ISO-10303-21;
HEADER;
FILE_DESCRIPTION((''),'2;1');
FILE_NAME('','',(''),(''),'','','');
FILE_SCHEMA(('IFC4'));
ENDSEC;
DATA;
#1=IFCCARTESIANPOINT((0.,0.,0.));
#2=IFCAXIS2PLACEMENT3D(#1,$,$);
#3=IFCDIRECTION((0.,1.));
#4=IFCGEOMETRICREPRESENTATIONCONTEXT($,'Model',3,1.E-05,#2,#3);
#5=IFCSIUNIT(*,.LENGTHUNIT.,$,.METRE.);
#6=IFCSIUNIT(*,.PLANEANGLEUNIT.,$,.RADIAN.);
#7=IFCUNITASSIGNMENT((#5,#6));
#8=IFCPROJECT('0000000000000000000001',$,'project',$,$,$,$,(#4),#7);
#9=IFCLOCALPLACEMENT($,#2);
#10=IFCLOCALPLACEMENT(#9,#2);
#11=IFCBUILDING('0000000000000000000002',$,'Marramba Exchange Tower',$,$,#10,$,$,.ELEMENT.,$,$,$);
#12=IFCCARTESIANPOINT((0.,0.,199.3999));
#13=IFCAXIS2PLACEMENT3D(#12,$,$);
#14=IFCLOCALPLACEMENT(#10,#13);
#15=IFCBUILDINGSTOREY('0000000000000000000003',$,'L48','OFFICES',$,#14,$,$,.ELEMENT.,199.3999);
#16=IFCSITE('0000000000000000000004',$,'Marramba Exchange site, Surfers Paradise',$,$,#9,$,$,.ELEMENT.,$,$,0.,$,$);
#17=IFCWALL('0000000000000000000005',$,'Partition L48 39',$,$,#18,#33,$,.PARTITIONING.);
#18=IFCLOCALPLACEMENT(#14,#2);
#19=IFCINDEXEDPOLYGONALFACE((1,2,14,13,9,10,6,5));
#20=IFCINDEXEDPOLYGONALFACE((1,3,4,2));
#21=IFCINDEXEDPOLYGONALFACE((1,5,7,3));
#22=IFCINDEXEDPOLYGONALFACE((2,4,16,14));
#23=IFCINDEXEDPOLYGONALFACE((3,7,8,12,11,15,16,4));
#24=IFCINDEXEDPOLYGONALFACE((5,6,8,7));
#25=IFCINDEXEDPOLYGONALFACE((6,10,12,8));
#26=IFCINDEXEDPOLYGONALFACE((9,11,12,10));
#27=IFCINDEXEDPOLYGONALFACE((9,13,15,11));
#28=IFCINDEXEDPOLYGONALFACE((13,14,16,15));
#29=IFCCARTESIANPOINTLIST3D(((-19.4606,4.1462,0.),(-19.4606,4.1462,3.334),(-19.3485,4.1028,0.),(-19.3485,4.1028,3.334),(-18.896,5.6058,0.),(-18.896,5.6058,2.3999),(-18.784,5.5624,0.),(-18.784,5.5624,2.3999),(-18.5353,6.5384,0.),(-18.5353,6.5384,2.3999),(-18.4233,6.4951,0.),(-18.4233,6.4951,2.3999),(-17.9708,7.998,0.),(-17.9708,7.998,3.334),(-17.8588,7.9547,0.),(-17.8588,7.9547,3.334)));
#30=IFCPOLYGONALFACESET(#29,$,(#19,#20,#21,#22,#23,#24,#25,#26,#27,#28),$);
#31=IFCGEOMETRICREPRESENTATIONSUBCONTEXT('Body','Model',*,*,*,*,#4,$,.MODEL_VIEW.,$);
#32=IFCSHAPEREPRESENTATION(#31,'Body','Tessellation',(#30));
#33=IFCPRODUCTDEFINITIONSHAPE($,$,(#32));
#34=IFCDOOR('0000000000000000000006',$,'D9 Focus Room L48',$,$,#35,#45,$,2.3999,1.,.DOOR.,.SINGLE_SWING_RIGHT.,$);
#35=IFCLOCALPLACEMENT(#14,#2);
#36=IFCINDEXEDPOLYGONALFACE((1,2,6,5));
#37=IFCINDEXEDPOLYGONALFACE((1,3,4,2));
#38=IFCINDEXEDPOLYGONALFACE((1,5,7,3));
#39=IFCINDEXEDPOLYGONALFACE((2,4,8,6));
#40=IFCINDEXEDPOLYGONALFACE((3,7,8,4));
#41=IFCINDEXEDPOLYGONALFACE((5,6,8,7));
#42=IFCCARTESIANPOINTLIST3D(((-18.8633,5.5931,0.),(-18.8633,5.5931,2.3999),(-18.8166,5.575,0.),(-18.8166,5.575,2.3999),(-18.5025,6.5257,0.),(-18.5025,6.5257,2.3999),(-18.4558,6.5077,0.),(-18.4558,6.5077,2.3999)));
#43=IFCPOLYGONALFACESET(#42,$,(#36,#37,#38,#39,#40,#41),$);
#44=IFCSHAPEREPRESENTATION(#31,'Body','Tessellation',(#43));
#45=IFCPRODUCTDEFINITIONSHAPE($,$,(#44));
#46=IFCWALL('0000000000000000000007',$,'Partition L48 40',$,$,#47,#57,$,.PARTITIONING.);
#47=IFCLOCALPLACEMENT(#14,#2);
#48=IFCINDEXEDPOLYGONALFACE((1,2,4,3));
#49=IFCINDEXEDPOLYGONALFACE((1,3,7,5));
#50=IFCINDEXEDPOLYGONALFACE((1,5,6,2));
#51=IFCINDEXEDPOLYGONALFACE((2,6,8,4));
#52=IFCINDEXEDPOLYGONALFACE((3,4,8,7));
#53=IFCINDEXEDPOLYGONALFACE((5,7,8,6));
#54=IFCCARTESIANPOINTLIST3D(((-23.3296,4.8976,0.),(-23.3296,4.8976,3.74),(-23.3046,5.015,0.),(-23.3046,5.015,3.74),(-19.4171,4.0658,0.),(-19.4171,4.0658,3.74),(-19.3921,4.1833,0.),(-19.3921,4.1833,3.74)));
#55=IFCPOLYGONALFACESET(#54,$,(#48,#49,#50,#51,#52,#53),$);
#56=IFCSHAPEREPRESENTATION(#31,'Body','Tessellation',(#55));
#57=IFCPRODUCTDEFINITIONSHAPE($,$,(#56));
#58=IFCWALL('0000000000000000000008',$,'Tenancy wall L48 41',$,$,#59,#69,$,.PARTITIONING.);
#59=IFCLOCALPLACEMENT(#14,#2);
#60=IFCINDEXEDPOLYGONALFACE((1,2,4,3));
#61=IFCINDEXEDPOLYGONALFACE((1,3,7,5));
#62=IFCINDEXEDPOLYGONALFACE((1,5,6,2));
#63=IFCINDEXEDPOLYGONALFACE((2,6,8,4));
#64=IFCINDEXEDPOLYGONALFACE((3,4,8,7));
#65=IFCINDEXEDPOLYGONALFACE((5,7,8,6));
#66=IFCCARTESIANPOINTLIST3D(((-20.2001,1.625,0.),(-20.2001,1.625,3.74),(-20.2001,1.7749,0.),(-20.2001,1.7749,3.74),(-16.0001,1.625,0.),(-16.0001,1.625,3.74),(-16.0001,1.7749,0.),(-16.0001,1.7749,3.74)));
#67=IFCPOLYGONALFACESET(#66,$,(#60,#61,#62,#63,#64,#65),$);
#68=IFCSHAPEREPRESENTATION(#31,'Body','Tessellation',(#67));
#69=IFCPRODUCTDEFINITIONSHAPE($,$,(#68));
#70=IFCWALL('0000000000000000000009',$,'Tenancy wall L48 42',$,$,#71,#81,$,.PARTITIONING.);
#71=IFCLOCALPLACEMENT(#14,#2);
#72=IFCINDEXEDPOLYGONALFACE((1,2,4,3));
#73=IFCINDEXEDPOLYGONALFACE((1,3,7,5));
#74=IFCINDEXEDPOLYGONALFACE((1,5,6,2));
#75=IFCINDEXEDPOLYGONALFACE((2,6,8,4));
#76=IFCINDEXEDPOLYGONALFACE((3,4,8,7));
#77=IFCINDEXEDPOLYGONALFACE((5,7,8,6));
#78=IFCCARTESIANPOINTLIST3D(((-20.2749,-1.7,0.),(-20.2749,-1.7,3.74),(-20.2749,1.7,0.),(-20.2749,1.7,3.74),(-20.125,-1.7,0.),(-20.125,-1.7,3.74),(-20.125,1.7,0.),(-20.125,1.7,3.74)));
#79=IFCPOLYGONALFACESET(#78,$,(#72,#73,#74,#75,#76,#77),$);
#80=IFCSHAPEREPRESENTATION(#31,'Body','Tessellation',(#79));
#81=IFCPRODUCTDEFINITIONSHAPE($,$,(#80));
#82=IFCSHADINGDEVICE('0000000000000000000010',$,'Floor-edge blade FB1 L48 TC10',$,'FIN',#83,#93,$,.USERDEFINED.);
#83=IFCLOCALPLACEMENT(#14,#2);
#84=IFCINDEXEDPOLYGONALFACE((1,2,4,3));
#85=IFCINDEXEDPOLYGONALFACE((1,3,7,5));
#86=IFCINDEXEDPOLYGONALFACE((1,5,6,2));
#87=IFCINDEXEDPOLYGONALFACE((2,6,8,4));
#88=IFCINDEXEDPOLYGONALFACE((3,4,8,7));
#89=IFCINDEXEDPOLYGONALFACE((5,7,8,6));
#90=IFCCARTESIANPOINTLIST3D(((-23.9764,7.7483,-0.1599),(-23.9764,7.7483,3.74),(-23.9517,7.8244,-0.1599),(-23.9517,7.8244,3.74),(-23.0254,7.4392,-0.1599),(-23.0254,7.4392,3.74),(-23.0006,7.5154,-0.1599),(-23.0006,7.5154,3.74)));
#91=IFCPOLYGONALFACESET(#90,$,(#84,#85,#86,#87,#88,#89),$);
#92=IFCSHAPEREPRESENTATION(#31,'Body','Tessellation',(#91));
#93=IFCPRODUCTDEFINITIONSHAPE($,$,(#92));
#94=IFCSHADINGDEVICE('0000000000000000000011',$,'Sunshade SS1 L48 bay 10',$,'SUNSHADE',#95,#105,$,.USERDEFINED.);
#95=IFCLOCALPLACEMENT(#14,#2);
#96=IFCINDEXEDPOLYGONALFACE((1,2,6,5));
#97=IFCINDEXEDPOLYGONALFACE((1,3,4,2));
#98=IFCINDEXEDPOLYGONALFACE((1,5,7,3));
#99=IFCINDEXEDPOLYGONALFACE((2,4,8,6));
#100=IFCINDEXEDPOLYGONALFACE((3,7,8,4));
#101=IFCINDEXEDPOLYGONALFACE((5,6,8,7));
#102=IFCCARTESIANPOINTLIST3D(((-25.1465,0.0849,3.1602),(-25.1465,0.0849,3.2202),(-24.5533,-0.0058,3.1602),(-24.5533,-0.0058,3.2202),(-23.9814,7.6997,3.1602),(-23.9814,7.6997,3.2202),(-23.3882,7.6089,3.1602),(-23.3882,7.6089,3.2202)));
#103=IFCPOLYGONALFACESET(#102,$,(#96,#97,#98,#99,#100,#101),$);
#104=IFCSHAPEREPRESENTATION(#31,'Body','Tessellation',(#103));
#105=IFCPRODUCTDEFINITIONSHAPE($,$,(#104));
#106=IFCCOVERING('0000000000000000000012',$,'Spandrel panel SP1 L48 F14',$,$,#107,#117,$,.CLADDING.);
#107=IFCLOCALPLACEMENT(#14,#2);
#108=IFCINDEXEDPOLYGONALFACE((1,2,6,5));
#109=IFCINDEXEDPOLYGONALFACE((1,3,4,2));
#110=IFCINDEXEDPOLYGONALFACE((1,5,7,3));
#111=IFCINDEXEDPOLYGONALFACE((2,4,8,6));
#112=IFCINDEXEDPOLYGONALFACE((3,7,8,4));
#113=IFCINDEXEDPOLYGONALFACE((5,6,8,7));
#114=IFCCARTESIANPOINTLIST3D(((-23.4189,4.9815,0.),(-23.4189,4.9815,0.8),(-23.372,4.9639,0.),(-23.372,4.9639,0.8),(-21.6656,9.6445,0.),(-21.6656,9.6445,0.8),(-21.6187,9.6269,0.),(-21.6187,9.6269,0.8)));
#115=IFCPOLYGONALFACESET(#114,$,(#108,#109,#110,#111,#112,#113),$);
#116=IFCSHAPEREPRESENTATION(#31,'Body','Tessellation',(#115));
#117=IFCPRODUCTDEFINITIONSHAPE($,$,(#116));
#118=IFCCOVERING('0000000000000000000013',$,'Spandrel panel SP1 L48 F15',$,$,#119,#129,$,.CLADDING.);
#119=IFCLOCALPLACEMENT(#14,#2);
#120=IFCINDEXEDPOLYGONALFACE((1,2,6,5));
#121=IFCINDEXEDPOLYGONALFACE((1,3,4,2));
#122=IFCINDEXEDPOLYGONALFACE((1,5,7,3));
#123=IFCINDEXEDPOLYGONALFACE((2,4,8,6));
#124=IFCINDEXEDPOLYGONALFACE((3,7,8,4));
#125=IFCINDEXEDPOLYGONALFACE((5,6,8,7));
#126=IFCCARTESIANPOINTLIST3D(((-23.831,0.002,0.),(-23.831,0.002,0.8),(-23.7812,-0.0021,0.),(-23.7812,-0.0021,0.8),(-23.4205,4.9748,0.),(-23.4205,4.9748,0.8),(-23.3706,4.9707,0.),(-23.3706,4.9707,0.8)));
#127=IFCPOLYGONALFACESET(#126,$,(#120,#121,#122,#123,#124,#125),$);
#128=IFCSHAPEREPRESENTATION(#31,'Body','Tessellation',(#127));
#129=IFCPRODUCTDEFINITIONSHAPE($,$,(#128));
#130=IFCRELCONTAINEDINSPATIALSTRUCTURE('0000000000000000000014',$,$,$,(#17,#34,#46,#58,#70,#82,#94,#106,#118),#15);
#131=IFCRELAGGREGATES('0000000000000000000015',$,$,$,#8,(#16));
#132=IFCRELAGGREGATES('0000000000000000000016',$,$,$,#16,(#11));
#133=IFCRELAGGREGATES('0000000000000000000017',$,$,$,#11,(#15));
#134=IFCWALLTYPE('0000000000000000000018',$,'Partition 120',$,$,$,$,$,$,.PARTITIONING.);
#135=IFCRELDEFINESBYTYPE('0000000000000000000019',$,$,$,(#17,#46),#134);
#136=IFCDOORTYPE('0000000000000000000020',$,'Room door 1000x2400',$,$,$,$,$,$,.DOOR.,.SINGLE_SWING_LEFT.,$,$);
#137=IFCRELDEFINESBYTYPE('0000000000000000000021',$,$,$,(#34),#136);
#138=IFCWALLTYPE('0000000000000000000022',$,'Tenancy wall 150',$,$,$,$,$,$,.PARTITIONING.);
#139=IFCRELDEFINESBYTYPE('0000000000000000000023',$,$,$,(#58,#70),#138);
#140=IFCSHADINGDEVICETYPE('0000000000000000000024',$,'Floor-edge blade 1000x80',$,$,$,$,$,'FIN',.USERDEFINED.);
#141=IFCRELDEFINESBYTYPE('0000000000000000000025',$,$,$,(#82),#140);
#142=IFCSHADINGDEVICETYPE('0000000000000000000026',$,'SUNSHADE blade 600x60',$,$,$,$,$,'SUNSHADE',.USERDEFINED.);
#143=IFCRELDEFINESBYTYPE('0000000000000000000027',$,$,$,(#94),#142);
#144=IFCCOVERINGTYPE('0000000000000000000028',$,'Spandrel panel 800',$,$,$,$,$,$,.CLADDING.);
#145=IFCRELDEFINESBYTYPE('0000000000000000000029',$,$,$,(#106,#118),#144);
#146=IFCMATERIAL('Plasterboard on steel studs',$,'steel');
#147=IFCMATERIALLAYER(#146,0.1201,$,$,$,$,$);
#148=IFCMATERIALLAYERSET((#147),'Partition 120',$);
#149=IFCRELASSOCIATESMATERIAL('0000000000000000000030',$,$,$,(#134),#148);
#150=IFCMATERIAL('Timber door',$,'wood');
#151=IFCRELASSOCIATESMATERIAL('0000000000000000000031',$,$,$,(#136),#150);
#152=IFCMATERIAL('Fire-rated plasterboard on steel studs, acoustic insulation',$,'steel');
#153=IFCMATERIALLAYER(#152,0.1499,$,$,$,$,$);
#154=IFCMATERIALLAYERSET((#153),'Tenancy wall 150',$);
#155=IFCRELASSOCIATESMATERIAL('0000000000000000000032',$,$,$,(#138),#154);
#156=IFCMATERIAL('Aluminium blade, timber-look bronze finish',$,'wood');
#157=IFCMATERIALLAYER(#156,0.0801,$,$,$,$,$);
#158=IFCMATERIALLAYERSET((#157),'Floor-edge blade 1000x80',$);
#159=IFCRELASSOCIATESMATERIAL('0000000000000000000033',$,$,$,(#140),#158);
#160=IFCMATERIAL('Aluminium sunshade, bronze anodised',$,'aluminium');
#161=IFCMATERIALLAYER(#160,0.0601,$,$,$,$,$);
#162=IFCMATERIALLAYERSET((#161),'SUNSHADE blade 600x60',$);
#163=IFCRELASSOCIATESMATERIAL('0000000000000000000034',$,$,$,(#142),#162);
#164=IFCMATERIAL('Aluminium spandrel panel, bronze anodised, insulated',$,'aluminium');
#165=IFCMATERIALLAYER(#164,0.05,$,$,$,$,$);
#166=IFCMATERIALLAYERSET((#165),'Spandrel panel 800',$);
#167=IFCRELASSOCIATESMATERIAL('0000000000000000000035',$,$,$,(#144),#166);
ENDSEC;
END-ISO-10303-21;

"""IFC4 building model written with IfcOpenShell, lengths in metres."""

from ifc_helpers import new_model, si_unit, direction, frame, frame_2d, origin, origin_2d, place, context, subcontext, project, spatial, rectangle, extrude, material, layer, layer_set, type_object, element, fill, save


model = new_model("IFC4")

# Units and contexts
model_context = context("Model", 3, precision=1e-05, world=origin(), true_north=direction((0.0, 1.0)))
body_context = subcontext(model_context, "Body", "Model", "MODEL_VIEW")
ifc_project = project(units=[si_unit("LENGTHUNIT", "METRE"), si_unit("PLANEANGLEUNIT", "RADIAN")], contexts=[model_context])

# Site, building, storey
site_placement = place(None, origin())
site = spatial("IfcSite", under=ifc_project, at=site_placement, Name="Marramba Exchange site, Surfers Paradise", CompositionType="ELEMENT", RefElevation=0.0)
building_placement = place(site_placement, origin())
building = spatial("IfcBuilding", under=site, at=building_placement, Name="Marramba Exchange Tower", CompositionType="ELEMENT")
storey_placement = place(building_placement, frame((0.0, 0.0, 199.3999)))
storey = spatial("IfcBuildingStorey", under=building, at=storey_placement, Name="L48", Description="OFFICES", CompositionType="ELEMENT", Elevation=199.3999)

# Shared definitions
ifc_material_1 = material(Name="Plasterboard on steel studs", Category="steel")
ifc_layer_1 = layer(ifc_material_1, 0.1201)
ifc_layer_set_1 = layer_set([ifc_layer_1], Name="Partition 120")
wall_type_1 = type_object("IfcWallType", Name="Partition 120", PredefinedType="PARTITIONING", material=ifc_layer_set_1)

# Wall, opening, door
wall_1_placement = place(storey_placement, frame((-19.4045, 4.1245, 0.0), z_axis=(0.0, 0.0, 1.0), x_axis=(0.360725, 0.932672, 0.0)))
wall_1 = element("IfcWall", 1, at=wall_1_placement, inside=storey, type_object=wall_type_1, Name="Partition L48 39", PredefinedType="PARTITIONING", context=body_context, shape_type="SweptSolid", body=[
    extrude(rectangle(XDim=4.1299, YDim=0.1201, at=frame_2d((2.0649, 0.0))), origin(), (0.0, 0.0, 1.0), 3.334),
])
opening_1_placement = place(wall_1_placement, frame((1.5649, 0.0, 0.0)))
opening_1 = element("IfcOpeningElement", 2, at=opening_1_placement, cuts=wall_1, PredefinedType="OPENING", context=body_context, shape_type="SweptSolid", body=[
    extrude(rectangle(XDim=1.0, YDim=2.3999, at=frame_2d((0.5, 1.2))), frame((0.0, 0.0701, 0.0), z_axis=(0.0, -1.0, 0.0), x_axis=(1.0, 0.0, 0.0)), (0.0, 0.0, 1.0), 0.1401),
])
ifc_material_2 = material(Name="Timber door", Category="wood")
door_type_1 = type_object("IfcDoorType", Name="Room door 1000x2400", OperationType="SINGLE_SWING_LEFT", PredefinedType="DOOR", material=ifc_material_2)
door_1_placement = place(opening_1_placement, origin())
door_1 = element("IfcDoor", 3, at=door_1_placement, inside=storey, type_object=door_type_1, Name="D9 Focus Room L48", OperationType="SINGLE_SWING_RIGHT", OverallHeight=2.3999, OverallWidth=1.0, PredefinedType="DOOR", context=body_context, shape_type="SweptSolid", body=[
    extrude(rectangle(XDim=1.0, YDim=2.3999, at=frame_2d((0.5, 1.2))), frame((0.0, 0.0249, 0.0), z_axis=(0.0, -1.0, 0.0), x_axis=(1.0, 0.0, 0.0)), (0.0, 0.0, 1.0), 0.05),
])
fill(opening_1, door_1)

# Walls
wall_2_placement = place(storey_placement, frame((-23.3171, 4.9563, 0.0), z_axis=(0.0, 0.0, 1.0), x_axis=(0.978141, -0.207945, 0.0)))
element("IfcWall", 4, at=wall_2_placement, inside=storey, type_object=wall_type_1, Name="Partition L48 40", PredefinedType="PARTITIONING", context=body_context, shape_type="SweptSolid", body=[
    extrude(rectangle(XDim=4.0, YDim=0.1201, at=frame_2d((2.0, 0.0))), origin(), (0.0, 0.0, 1.0), 3.74),
])
ifc_material_3 = material(Name="Fire-rated plasterboard on steel studs, acoustic insulation", Category="steel")
ifc_layer_2 = layer(ifc_material_3, 0.1499)
ifc_layer_set_2 = layer_set([ifc_layer_2], Name="Tenancy wall 150")
wall_type_2 = type_object("IfcWallType", Name="Tenancy wall 150", PredefinedType="PARTITIONING", material=ifc_layer_set_2)
wall_3_placement = place(storey_placement, frame((-16.0, 1.7, 0.0), z_axis=(0.0, 0.0, 1.0), x_axis=(-1.0, 0.0, 0.0)))
element("IfcWall", 5, at=wall_3_placement, inside=storey, type_object=wall_type_2, Name="Tenancy wall L48 41", PredefinedType="PARTITIONING", context=body_context, shape_type="SweptSolid", body=[
    extrude(rectangle(XDim=4.2, YDim=0.1499, at=frame_2d((2.1001, 0.0))), origin(), (0.0, 0.0, 1.0), 3.74),
])
wall_4_placement = place(storey_placement, frame((-20.2, 1.7, 0.0), z_axis=(0.0, 0.0, 1.0), x_axis=(0.0, -1.0, 0.0)))
element("IfcWall", 6, at=wall_4_placement, inside=storey, type_object=wall_type_2, Name="Tenancy wall L48 42", PredefinedType="PARTITIONING", context=body_context, shape_type="SweptSolid", body=[
    extrude(rectangle(XDim=3.3999, YDim=0.1499, at=frame_2d((1.7, 0.0))), origin(), (0.0, 0.0, 1.0), 3.74),
])

# Shading devices
ifc_material_4 = material(Name="Aluminium blade, timber-look bronze finish", Category="wood")
ifc_layer_3 = layer(ifc_material_4, 0.0801)
ifc_layer_set_3 = layer_set([ifc_layer_3], Name="Floor-edge blade 1000x80")
shading_device_type_1 = type_object("IfcShadingDeviceType", Name="Floor-edge blade 1000x80", ElementType="FIN", PredefinedType="USERDEFINED", material=ifc_layer_set_3)
shading_device_1_placement = place(storey_placement, frame((-23.4885, 7.6318, -0.1599), z_axis=(0.0, 0.0, 1.0), x_axis=(-0.951057, 0.309017, 0.0)))
element("IfcShadingDevice", 7, at=shading_device_1_placement, inside=storey, type_object=shading_device_type_1, Name="Floor-edge blade FB1 L48 TC10", ObjectType="FIN", PredefinedType="USERDEFINED", context=body_context, shape_type="SweptSolid", body=[
    extrude(rectangle(XDim=1.0, YDim=0.0801, at=origin_2d()), origin(), (0.0, 0.0, 1.0), 3.8999),
])
ifc_material_5 = material(Name="Aluminium sunshade, bronze anodised", Category="aluminium")
ifc_layer_4 = layer(ifc_material_5, 0.0601)
ifc_layer_set_4 = layer_set([ifc_layer_4], Name="SUNSHADE blade 600x60")
shading_device_type_2 = type_object("IfcShadingDeviceType", Name="SUNSHADE blade 600x60", ElementType="SUNSHADE", PredefinedType="USERDEFINED", material=ifc_layer_set_4)
shading_device_2_placement = place(storey_placement, frame((-24.2673, 3.8469, 3.1602), z_axis=(0.0, 0.0, 1.0), x_axis=(-0.151241, -0.988497, 0.0)))
element("IfcShadingDevice", 8, at=shading_device_2_placement, inside=storey, type_object=shading_device_type_2, Name="Sunshade SS1 L48 bay 10", ObjectType="SUNSHADE", PredefinedType="USERDEFINED", context=body_context, shape_type="SweptSolid", body=[
    extrude(rectangle(XDim=7.7034, YDim=0.6001, at=origin_2d()), origin(), (0.0, 0.0, 1.0), 0.0601),
])

# Coverings
ifc_material_6 = material(Name="Aluminium spandrel panel, bronze anodised, insulated", Category="aluminium")
ifc_layer_5 = layer(ifc_material_6, 0.05)
ifc_layer_set_5 = layer_set([ifc_layer_5], Name="Spandrel panel 800")
covering_type = type_object("IfcCoveringType", Name="Spandrel panel 800", PredefinedType="CLADDING", material=ifc_layer_set_5)
covering_1_placement = place(storey_placement, frame((-22.5188, 7.3042, 0.0), z_axis=(0.0, 0.0, 1.0), x_axis=(-0.351952, -0.936018, 0.0)))
element("IfcCovering", 9, at=covering_1_placement, inside=storey, type_object=covering_type, Name="Spandrel panel SP1 L48 F14", PredefinedType="CLADDING", context=body_context, shape_type="SweptSolid", body=[
    extrude(rectangle(XDim=4.9817, YDim=0.05, at=origin_2d()), origin(), (0.0, 0.0, 1.0), 0.8),
])
covering_2_placement = place(storey_placement, frame((-23.6008, 2.4863, 0.0), z_axis=(0.0, 0.0, 1.0), x_axis=(-0.082281, -0.996609, 0.0)))
element("IfcCovering", 10, at=covering_2_placement, inside=storey, type_object=covering_type, Name="Spandrel panel SP1 L48 F15", PredefinedType="CLADDING", context=body_context, shape_type="SweptSolid", body=[
    extrude(rectangle(XDim=4.9897, YDim=0.05, at=origin_2d()), origin(), (0.0, 0.0, 1.0), 0.8),
])

save(model, "model.ifc")
